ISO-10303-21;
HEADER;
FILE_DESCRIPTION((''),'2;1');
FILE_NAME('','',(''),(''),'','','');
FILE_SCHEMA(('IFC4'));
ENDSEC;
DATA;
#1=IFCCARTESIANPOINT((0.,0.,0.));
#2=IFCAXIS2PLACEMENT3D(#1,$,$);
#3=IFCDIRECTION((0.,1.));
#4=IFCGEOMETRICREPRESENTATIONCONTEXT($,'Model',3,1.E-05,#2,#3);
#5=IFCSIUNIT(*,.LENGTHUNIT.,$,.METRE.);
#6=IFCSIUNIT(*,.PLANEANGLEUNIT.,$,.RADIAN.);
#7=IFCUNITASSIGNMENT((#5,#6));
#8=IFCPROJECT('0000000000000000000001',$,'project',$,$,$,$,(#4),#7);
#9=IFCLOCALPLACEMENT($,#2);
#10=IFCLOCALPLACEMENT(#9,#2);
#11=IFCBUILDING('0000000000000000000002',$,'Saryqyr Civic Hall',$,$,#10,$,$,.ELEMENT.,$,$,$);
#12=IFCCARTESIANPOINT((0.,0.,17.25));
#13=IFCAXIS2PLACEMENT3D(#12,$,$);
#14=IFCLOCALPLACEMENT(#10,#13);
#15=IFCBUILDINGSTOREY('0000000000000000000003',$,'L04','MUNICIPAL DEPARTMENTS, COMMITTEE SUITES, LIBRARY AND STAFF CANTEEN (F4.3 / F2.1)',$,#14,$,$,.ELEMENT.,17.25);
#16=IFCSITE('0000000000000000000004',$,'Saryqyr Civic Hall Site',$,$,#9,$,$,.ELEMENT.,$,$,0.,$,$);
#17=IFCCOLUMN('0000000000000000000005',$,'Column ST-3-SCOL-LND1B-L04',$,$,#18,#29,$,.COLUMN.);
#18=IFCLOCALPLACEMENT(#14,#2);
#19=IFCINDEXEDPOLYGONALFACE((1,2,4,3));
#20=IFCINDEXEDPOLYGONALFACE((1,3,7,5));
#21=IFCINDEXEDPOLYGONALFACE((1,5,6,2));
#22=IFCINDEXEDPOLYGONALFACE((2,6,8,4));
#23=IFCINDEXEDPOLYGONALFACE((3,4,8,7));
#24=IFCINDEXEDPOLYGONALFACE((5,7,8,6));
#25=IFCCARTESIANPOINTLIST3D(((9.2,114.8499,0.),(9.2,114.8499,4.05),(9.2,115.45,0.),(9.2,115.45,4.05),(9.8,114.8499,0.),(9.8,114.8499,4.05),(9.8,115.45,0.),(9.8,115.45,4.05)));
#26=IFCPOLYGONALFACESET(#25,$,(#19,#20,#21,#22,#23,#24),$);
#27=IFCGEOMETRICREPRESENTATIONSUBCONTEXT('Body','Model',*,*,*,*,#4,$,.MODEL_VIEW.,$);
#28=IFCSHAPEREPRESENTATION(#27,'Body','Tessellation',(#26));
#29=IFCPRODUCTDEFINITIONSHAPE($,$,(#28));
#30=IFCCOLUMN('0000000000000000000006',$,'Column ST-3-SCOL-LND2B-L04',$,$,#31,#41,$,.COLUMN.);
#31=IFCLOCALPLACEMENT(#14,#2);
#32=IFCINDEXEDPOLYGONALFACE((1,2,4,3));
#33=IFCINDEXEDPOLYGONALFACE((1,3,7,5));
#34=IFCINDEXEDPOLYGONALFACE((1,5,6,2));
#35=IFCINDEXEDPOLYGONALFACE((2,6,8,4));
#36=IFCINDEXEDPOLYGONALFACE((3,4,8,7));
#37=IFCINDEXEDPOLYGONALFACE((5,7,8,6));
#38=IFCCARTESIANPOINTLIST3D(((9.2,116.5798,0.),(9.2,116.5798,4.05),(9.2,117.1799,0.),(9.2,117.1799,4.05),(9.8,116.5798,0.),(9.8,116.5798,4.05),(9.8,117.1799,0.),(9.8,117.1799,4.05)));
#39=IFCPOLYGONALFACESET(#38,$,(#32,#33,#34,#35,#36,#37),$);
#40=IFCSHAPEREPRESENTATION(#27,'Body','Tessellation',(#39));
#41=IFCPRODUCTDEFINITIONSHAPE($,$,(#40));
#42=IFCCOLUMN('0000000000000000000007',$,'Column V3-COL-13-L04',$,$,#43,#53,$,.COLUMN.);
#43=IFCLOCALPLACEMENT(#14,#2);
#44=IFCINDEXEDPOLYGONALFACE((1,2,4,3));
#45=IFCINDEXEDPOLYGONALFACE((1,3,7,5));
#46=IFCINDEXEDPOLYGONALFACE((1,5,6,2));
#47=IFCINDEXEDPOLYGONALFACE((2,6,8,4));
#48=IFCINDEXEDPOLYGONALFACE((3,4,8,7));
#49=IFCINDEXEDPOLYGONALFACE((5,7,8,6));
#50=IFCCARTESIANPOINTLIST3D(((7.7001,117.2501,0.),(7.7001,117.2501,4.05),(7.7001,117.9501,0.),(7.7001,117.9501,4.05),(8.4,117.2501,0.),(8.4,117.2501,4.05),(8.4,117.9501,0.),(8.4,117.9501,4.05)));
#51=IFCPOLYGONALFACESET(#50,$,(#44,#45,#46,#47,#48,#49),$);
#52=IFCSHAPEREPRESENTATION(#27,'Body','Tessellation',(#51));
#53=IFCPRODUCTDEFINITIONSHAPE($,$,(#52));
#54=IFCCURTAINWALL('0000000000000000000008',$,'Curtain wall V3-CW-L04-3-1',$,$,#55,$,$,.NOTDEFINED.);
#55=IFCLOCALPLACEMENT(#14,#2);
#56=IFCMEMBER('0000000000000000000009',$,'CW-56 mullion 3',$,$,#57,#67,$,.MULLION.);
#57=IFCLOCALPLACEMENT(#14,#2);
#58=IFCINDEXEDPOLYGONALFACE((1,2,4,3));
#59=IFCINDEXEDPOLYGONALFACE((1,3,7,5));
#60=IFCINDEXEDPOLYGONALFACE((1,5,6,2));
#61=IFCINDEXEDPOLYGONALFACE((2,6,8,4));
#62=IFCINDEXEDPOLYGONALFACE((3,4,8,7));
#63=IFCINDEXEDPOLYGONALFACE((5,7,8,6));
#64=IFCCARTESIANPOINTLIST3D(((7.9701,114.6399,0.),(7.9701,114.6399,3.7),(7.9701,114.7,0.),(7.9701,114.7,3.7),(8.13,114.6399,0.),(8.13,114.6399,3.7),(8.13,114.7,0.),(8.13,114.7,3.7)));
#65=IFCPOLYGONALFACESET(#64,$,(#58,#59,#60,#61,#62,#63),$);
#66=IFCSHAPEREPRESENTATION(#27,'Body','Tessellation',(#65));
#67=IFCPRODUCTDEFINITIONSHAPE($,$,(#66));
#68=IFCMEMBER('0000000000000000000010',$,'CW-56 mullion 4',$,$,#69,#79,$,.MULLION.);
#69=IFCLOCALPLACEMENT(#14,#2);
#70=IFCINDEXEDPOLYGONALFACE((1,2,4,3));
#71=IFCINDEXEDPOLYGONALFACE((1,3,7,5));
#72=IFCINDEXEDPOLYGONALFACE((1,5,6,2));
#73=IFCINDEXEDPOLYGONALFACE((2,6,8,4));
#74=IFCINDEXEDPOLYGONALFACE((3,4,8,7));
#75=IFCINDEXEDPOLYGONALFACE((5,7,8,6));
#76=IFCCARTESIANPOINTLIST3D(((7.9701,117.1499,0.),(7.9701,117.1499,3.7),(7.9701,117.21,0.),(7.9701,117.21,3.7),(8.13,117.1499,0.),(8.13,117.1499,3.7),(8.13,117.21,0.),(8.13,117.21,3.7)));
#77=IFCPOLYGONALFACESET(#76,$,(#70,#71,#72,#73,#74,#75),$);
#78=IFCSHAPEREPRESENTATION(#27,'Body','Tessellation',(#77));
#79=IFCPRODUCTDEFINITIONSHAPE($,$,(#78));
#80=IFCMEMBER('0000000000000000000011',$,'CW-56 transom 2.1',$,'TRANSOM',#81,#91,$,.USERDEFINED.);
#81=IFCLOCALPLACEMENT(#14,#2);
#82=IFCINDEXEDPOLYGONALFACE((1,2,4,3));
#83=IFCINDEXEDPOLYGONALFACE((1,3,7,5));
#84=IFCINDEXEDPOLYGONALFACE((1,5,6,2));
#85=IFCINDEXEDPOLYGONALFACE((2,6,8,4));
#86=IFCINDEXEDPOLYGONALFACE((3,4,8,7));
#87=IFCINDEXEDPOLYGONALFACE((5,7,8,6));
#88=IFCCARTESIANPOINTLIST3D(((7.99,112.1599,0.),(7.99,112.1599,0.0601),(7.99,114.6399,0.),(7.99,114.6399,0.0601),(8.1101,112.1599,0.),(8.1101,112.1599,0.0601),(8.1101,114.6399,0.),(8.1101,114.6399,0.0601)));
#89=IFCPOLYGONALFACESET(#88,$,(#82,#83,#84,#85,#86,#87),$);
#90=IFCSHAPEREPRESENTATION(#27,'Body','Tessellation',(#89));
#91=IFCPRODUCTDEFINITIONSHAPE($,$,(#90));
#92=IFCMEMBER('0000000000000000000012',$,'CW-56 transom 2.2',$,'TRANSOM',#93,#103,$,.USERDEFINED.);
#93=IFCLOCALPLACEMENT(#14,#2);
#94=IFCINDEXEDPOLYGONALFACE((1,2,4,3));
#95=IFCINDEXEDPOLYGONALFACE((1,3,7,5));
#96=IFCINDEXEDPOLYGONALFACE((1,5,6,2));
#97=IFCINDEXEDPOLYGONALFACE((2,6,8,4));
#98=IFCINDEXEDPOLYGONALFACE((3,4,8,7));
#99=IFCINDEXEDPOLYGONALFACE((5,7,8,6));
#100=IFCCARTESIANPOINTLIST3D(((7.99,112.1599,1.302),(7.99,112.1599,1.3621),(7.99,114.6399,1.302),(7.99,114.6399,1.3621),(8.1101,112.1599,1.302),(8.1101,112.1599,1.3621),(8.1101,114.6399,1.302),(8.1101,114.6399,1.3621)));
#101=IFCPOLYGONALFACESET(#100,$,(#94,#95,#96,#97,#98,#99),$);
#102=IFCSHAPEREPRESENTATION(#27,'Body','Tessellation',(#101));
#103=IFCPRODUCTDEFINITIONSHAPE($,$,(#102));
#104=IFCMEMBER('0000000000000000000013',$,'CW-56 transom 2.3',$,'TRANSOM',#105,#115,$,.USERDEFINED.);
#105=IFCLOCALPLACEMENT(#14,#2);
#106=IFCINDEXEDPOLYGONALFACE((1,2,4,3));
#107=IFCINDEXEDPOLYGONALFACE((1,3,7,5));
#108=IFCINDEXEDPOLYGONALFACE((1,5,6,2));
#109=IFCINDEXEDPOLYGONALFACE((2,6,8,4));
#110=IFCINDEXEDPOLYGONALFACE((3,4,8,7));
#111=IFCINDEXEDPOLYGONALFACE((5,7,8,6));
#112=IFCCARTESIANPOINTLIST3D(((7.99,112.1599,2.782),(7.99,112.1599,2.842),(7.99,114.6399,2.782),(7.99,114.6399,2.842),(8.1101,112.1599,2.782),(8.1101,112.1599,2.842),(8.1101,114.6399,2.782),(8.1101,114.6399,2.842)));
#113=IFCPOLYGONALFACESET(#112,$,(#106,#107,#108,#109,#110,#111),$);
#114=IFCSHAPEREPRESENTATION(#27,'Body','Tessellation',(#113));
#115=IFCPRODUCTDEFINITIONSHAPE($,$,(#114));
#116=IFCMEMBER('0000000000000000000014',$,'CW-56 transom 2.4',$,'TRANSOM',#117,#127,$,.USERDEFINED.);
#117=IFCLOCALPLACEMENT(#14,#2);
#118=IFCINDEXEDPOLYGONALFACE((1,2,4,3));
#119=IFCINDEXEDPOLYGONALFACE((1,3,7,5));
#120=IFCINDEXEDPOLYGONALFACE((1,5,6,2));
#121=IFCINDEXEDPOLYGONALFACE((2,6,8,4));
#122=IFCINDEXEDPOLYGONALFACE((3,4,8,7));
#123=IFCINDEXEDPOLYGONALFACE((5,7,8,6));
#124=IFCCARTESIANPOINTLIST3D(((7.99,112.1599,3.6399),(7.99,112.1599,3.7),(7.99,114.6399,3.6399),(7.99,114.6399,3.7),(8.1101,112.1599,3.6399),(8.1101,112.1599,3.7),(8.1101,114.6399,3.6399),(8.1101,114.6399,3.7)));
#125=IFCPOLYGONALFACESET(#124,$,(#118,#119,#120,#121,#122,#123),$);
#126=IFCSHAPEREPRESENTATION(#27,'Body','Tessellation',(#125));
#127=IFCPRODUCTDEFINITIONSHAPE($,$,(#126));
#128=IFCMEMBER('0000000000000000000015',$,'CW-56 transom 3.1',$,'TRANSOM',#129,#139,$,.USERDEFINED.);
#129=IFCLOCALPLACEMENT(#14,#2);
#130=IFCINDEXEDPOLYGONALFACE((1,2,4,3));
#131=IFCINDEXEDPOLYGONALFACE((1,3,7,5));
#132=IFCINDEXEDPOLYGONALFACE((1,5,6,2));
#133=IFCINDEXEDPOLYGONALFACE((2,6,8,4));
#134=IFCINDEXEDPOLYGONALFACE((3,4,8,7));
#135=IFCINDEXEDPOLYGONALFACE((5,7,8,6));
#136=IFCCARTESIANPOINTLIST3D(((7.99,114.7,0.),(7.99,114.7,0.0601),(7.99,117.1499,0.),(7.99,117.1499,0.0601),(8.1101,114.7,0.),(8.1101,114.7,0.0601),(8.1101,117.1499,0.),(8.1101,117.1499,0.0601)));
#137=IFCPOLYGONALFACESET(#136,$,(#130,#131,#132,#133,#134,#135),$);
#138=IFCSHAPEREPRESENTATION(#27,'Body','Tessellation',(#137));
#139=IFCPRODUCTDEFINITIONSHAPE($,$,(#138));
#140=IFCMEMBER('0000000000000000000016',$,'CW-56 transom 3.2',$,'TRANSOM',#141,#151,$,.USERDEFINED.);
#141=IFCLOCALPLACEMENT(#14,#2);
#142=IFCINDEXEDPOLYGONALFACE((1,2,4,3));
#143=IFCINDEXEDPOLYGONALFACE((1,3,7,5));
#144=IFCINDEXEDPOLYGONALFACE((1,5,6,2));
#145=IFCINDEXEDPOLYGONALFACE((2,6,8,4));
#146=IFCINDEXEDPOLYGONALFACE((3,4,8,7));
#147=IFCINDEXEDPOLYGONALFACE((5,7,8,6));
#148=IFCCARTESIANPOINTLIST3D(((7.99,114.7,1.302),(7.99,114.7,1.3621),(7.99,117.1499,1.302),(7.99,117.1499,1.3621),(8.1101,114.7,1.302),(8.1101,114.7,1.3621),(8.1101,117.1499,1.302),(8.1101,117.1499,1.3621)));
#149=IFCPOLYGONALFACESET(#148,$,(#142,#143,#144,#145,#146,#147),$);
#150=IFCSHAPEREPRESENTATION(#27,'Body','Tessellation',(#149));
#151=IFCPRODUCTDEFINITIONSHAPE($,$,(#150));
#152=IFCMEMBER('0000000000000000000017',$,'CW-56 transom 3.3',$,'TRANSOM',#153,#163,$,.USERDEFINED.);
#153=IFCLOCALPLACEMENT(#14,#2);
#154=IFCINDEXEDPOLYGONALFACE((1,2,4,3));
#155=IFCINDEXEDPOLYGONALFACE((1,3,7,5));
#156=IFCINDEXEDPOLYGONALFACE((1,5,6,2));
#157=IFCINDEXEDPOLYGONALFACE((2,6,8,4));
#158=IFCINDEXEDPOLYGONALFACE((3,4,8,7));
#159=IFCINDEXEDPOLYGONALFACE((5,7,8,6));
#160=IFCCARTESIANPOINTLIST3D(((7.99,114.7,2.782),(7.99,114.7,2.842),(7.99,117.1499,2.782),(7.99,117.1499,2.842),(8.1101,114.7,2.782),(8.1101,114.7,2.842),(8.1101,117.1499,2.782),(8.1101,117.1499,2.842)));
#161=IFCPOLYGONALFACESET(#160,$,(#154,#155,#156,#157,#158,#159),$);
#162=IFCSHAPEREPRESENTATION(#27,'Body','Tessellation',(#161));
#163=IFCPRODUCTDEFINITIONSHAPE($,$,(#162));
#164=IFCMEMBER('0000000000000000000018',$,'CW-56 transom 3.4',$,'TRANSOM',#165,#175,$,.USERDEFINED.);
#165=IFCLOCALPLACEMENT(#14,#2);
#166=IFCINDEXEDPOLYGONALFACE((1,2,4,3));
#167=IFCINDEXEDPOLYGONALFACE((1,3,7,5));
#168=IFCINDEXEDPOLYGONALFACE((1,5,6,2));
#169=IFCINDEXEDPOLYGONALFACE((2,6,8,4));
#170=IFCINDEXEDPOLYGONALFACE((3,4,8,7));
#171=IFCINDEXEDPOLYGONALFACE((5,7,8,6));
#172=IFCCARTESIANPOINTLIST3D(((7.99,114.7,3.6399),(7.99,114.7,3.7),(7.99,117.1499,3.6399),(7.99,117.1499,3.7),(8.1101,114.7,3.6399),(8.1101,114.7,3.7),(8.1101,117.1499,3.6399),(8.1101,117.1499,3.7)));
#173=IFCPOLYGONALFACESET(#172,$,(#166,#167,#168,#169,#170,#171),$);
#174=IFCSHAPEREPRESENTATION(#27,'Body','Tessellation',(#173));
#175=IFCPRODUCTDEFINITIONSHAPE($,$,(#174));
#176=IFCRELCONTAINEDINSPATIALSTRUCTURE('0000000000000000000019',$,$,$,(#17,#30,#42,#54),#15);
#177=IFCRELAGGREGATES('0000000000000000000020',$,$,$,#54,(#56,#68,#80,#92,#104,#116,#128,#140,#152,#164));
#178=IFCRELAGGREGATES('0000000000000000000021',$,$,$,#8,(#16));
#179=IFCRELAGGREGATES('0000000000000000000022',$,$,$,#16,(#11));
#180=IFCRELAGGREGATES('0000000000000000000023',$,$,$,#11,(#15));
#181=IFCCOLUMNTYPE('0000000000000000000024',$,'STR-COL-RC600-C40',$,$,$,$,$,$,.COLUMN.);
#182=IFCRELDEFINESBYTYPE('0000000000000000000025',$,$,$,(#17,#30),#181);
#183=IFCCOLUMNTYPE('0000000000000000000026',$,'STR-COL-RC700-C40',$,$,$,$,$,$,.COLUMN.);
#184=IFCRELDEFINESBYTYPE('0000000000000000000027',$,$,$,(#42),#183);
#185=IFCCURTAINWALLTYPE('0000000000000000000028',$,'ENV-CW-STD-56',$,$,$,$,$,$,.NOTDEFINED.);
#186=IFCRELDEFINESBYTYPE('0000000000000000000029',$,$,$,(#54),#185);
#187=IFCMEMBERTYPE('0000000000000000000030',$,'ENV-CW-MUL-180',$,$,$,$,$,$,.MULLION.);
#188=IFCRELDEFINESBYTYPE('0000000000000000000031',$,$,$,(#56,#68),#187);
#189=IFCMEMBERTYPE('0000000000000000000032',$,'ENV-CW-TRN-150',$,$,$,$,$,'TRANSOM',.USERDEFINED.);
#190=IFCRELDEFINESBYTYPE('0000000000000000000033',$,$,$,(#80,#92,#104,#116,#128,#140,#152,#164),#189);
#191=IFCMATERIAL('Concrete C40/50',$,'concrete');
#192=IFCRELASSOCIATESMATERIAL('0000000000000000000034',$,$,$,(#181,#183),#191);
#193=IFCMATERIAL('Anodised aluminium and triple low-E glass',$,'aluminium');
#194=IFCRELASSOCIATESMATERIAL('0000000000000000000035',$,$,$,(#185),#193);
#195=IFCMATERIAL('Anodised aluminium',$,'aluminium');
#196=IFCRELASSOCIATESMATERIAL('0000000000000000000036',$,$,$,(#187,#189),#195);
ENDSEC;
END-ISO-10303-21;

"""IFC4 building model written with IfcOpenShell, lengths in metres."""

from ifc_helpers import new_model, si_unit, direction, frame, origin, origin_2d, place, context, subcontext, project, spatial, rectangle, extrude, material, material_profile, profile_set, type_object, element, aggregate, save


model = new_model("IFC4")

# Units and contexts
model_context = context("Model", 3, precision=1e-05, world=origin(), true_north=direction((0.0, 1.0)))
body_context = subcontext(model_context, "Body", "Model", "MODEL_VIEW")
ifc_project = project(units=[si_unit("LENGTHUNIT", "METRE"), si_unit("PLANEANGLEUNIT", "RADIAN")], contexts=[model_context])

# Site, building, storey
site_placement = place(None, origin())
site = spatial("IfcSite", under=ifc_project, at=site_placement, Name="Saryqyr Civic Hall Site", CompositionType="ELEMENT", RefElevation=0.0)
building_placement = place(site_placement, origin())
building = spatial("IfcBuilding", under=site, at=building_placement, Name="Saryqyr Civic Hall", CompositionType="ELEMENT")
storey_placement = place(building_placement, frame((0.0, 0.0, 17.25)))
storey = spatial("IfcBuildingStorey", under=building, at=storey_placement, Name="L04", Description="MUNICIPAL DEPARTMENTS, COMMITTEE SUITES, LIBRARY AND STAFF CANTEEN (F4.3 / F2.1)", CompositionType="ELEMENT", Elevation=17.25)

# Columns
ifc_material_1 = material(Name="Concrete C40/50", Category="concrete")
ifc_material_profile_1 = material_profile(ifc_material_1, rectangle(XDim=0.6001, YDim=0.6001, at=origin_2d()), Name="RC 600x600")
ifc_profile_set_1 = profile_set([ifc_material_profile_1], Name="Concrete C40/50")
column_type_1 = type_object("IfcColumnType", Name="STR-COL-RC600-C40", PredefinedType="COLUMN", material=ifc_profile_set_1)
for number, where, z_axis, x_axis, name in (
    (1, (9.5, 115.1499, 0.0), (0.0, 0.0, 1.0), (1.0, 0.0, 0.0), "Column ST-3-SCOL-LND1B-L04"),
    (2, (9.5, 116.8799, 0.0), (0.0, 0.0, 1.0), (1.0, 0.0, 0.0), "Column ST-3-SCOL-LND2B-L04"),
):
    element("IfcColumn", number, at=place(storey_placement, frame(where, z_axis=z_axis, x_axis=x_axis)), inside=storey, type_object=column_type_1, Name=name, PredefinedType="COLUMN", context=body_context, shape_type="SweptSolid", body=[
        extrude(rectangle(XDim=0.6001, YDim=0.6001, at=origin_2d()), origin(), (0.0, 0.0, 1.0), 4.05),
    ])
ifc_material_profile_2 = material_profile(ifc_material_1, rectangle(XDim=0.7, YDim=0.7, at=origin_2d()), Name="RC 700x700")
ifc_profile_set_2 = profile_set([ifc_material_profile_2], Name="Concrete C40/50")
column_type_2 = type_object("IfcColumnType", Name="STR-COL-RC700-C40", PredefinedType="COLUMN", material=ifc_profile_set_2)
column_placement = place(storey_placement, frame((8.05, 117.6001, 0.0), z_axis=(0.0, 0.0, 1.0), x_axis=(1.0, 0.0, 0.0)))
element("IfcColumn", 3, at=column_placement, inside=storey, type_object=column_type_2, Name="Column V3-COL-13-L04", PredefinedType="COLUMN", context=body_context, shape_type="SweptSolid", body=[
    extrude(rectangle(XDim=0.7, YDim=0.7, at=origin_2d()), origin(), (0.0, 0.0, 1.0), 4.05),
])

# Curtain wall, members
ifc_material_2 = material(Name="Anodised aluminium and triple low-E glass", Category="aluminium")
curtain_wall_type = type_object("IfcCurtainWallType", Name="ENV-CW-STD-56", PredefinedType="NOTDEFINED", material=ifc_material_2)
curtain_wall_placement = place(storey_placement, origin())
curtain_wall = element("IfcCurtainWall", 4, at=curtain_wall_placement, inside=storey, type_object=curtain_wall_type, Name="Curtain wall V3-CW-L04-3-1", PredefinedType="NOTDEFINED")
ifc_material_3 = material(Name="Anodised aluminium", Category="aluminium")
ifc_material_profile_3 = material_profile(ifc_material_3, rectangle(XDim=0.0601, YDim=0.1599, at=origin_2d()), Name="ALU MULLION 60x160")
ifc_profile_set_3 = profile_set([ifc_material_profile_3], Name="Anodised aluminium")
member_type_1 = type_object("IfcMemberType", Name="ENV-CW-MUL-180", PredefinedType="MULLION", material=ifc_profile_set_3)
member_1_placement = place(storey_placement, frame((8.05, 114.6699, 0.0), z_axis=(0.0, 0.0, 1.0), x_axis=(0.0, 1.0, 0.0)))
member_1 = element("IfcMember", 5, at=member_1_placement, type_object=member_type_1, Name="CW-56 mullion 3", PredefinedType="MULLION", context=body_context, shape_type="SweptSolid", body=[
    extrude(rectangle(XDim=0.0601, YDim=0.1599, at=origin_2d()), origin(), (0.0, 0.0, 1.0), 3.7),
])
member_2_placement = place(storey_placement, frame((8.05, 117.1799, 0.0), z_axis=(0.0, 0.0, 1.0), x_axis=(0.0, 1.0, 0.0)))
member_2 = element("IfcMember", 6, at=member_2_placement, type_object=member_type_1, Name="CW-56 mullion 4", PredefinedType="MULLION", context=body_context, shape_type="SweptSolid", body=[
    extrude(rectangle(XDim=0.0601, YDim=0.1599, at=origin_2d()), origin(), (0.0, 0.0, 1.0), 3.7),
])
ifc_material_profile_4 = material_profile(ifc_material_3, rectangle(XDim=0.1201, YDim=0.0601, at=origin_2d()), Name="ALU TRANSOM 120x60")
ifc_profile_set_4 = profile_set([ifc_material_profile_4], Name="Anodised aluminium")
member_type_2 = type_object("IfcMemberType", Name="ENV-CW-TRN-150", ElementType="TRANSOM", PredefinedType="USERDEFINED", material=ifc_profile_set_4)
member_3_placement = place(storey_placement, frame((8.05, 112.1599, 0.03), z_axis=(0.0, 1.0, 0.0), x_axis=(-1.0, 0.0, 0.0)))
member_3 = element("IfcMember", 7, at=member_3_placement, type_object=member_type_2, Name="CW-56 transom 2.1", ObjectType="TRANSOM", PredefinedType="USERDEFINED", context=body_context, shape_type="SweptSolid", body=[
    extrude(rectangle(XDim=0.1201, YDim=0.0601, at=origin_2d()), origin(), (0.0, 0.0, 1.0), 2.48),
])
member_4_placement = place(storey_placement, frame((8.05, 112.1599, 1.332), z_axis=(0.0, 1.0, 0.0), x_axis=(-1.0, 0.0, 0.0)))
member_4 = element("IfcMember", 8, at=member_4_placement, type_object=member_type_2, Name="CW-56 transom 2.2", ObjectType="TRANSOM", PredefinedType="USERDEFINED", context=body_context, shape_type="SweptSolid", body=[
    extrude(rectangle(XDim=0.1201, YDim=0.0601, at=origin_2d()), origin(), (0.0, 0.0, 1.0), 2.48),
])
member_5_placement = place(storey_placement, frame((8.05, 112.1599, 2.812), z_axis=(0.0, 1.0, 0.0), x_axis=(-1.0, 0.0, 0.0)))
member_5 = element("IfcMember", 9, at=member_5_placement, type_object=member_type_2, Name="CW-56 transom 2.3", ObjectType="TRANSOM", PredefinedType="USERDEFINED", context=body_context, shape_type="SweptSolid", body=[
    extrude(rectangle(XDim=0.1201, YDim=0.0601, at=origin_2d()), origin(), (0.0, 0.0, 1.0), 2.48),
])
member_6_placement = place(storey_placement, frame((8.05, 112.1599, 3.6699), z_axis=(0.0, 1.0, 0.0), x_axis=(-1.0, 0.0, 0.0)))
member_6 = element("IfcMember", 10, at=member_6_placement, type_object=member_type_2, Name="CW-56 transom 2.4", ObjectType="TRANSOM", PredefinedType="USERDEFINED", context=body_context, shape_type="SweptSolid", body=[
    extrude(rectangle(XDim=0.1201, YDim=0.0601, at=origin_2d()), origin(), (0.0, 0.0, 1.0), 2.48),
])
member_7_placement = place(storey_placement, frame((8.05, 114.7, 0.03), z_axis=(0.0, 1.0, 0.0), x_axis=(-1.0, 0.0, 0.0)))
member_7 = element("IfcMember", 11, at=member_7_placement, type_object=member_type_2, Name="CW-56 transom 3.1", ObjectType="TRANSOM", PredefinedType="USERDEFINED", context=body_context, shape_type="SweptSolid", body=[
    extrude(rectangle(XDim=0.1201, YDim=0.0601, at=origin_2d()), origin(), (0.0, 0.0, 1.0), 2.45),
])
member_8_placement = place(storey_placement, frame((8.05, 114.7, 1.332), z_axis=(0.0, 1.0, 0.0), x_axis=(-1.0, 0.0, 0.0)))
member_8 = element("IfcMember", 12, at=member_8_placement, type_object=member_type_2, Name="CW-56 transom 3.2", ObjectType="TRANSOM", PredefinedType="USERDEFINED", context=body_context, shape_type="SweptSolid", body=[
    extrude(rectangle(XDim=0.1201, YDim=0.0601, at=origin_2d()), origin(), (0.0, 0.0, 1.0), 2.45),
])
member_9_placement = place(storey_placement, frame((8.05, 114.7, 2.812), z_axis=(0.0, 1.0, 0.0), x_axis=(-1.0, 0.0, 0.0)))
member_9 = element("IfcMember", 13, at=member_9_placement, type_object=member_type_2, Name="CW-56 transom 3.3", ObjectType="TRANSOM", PredefinedType="USERDEFINED", context=body_context, shape_type="SweptSolid", body=[
    extrude(rectangle(XDim=0.1201, YDim=0.0601, at=origin_2d()), origin(), (0.0, 0.0, 1.0), 2.45),
])
member_10_placement = place(storey_placement, frame((8.05, 114.7, 3.6699), z_axis=(0.0, 1.0, 0.0), x_axis=(-1.0, 0.0, 0.0)))
member_10 = element("IfcMember", 14, at=member_10_placement, type_object=member_type_2, Name="CW-56 transom 3.4", ObjectType="TRANSOM", PredefinedType="USERDEFINED", context=body_context, shape_type="SweptSolid", body=[
    extrude(rectangle(XDim=0.1201, YDim=0.0601, at=origin_2d()), origin(), (0.0, 0.0, 1.0), 2.45),
])

aggregate(curtain_wall, [member_1, member_2, member_3, member_4, member_5, member_6, member_7, member_8, member_9, member_10])

save(model, "model.ifc")
